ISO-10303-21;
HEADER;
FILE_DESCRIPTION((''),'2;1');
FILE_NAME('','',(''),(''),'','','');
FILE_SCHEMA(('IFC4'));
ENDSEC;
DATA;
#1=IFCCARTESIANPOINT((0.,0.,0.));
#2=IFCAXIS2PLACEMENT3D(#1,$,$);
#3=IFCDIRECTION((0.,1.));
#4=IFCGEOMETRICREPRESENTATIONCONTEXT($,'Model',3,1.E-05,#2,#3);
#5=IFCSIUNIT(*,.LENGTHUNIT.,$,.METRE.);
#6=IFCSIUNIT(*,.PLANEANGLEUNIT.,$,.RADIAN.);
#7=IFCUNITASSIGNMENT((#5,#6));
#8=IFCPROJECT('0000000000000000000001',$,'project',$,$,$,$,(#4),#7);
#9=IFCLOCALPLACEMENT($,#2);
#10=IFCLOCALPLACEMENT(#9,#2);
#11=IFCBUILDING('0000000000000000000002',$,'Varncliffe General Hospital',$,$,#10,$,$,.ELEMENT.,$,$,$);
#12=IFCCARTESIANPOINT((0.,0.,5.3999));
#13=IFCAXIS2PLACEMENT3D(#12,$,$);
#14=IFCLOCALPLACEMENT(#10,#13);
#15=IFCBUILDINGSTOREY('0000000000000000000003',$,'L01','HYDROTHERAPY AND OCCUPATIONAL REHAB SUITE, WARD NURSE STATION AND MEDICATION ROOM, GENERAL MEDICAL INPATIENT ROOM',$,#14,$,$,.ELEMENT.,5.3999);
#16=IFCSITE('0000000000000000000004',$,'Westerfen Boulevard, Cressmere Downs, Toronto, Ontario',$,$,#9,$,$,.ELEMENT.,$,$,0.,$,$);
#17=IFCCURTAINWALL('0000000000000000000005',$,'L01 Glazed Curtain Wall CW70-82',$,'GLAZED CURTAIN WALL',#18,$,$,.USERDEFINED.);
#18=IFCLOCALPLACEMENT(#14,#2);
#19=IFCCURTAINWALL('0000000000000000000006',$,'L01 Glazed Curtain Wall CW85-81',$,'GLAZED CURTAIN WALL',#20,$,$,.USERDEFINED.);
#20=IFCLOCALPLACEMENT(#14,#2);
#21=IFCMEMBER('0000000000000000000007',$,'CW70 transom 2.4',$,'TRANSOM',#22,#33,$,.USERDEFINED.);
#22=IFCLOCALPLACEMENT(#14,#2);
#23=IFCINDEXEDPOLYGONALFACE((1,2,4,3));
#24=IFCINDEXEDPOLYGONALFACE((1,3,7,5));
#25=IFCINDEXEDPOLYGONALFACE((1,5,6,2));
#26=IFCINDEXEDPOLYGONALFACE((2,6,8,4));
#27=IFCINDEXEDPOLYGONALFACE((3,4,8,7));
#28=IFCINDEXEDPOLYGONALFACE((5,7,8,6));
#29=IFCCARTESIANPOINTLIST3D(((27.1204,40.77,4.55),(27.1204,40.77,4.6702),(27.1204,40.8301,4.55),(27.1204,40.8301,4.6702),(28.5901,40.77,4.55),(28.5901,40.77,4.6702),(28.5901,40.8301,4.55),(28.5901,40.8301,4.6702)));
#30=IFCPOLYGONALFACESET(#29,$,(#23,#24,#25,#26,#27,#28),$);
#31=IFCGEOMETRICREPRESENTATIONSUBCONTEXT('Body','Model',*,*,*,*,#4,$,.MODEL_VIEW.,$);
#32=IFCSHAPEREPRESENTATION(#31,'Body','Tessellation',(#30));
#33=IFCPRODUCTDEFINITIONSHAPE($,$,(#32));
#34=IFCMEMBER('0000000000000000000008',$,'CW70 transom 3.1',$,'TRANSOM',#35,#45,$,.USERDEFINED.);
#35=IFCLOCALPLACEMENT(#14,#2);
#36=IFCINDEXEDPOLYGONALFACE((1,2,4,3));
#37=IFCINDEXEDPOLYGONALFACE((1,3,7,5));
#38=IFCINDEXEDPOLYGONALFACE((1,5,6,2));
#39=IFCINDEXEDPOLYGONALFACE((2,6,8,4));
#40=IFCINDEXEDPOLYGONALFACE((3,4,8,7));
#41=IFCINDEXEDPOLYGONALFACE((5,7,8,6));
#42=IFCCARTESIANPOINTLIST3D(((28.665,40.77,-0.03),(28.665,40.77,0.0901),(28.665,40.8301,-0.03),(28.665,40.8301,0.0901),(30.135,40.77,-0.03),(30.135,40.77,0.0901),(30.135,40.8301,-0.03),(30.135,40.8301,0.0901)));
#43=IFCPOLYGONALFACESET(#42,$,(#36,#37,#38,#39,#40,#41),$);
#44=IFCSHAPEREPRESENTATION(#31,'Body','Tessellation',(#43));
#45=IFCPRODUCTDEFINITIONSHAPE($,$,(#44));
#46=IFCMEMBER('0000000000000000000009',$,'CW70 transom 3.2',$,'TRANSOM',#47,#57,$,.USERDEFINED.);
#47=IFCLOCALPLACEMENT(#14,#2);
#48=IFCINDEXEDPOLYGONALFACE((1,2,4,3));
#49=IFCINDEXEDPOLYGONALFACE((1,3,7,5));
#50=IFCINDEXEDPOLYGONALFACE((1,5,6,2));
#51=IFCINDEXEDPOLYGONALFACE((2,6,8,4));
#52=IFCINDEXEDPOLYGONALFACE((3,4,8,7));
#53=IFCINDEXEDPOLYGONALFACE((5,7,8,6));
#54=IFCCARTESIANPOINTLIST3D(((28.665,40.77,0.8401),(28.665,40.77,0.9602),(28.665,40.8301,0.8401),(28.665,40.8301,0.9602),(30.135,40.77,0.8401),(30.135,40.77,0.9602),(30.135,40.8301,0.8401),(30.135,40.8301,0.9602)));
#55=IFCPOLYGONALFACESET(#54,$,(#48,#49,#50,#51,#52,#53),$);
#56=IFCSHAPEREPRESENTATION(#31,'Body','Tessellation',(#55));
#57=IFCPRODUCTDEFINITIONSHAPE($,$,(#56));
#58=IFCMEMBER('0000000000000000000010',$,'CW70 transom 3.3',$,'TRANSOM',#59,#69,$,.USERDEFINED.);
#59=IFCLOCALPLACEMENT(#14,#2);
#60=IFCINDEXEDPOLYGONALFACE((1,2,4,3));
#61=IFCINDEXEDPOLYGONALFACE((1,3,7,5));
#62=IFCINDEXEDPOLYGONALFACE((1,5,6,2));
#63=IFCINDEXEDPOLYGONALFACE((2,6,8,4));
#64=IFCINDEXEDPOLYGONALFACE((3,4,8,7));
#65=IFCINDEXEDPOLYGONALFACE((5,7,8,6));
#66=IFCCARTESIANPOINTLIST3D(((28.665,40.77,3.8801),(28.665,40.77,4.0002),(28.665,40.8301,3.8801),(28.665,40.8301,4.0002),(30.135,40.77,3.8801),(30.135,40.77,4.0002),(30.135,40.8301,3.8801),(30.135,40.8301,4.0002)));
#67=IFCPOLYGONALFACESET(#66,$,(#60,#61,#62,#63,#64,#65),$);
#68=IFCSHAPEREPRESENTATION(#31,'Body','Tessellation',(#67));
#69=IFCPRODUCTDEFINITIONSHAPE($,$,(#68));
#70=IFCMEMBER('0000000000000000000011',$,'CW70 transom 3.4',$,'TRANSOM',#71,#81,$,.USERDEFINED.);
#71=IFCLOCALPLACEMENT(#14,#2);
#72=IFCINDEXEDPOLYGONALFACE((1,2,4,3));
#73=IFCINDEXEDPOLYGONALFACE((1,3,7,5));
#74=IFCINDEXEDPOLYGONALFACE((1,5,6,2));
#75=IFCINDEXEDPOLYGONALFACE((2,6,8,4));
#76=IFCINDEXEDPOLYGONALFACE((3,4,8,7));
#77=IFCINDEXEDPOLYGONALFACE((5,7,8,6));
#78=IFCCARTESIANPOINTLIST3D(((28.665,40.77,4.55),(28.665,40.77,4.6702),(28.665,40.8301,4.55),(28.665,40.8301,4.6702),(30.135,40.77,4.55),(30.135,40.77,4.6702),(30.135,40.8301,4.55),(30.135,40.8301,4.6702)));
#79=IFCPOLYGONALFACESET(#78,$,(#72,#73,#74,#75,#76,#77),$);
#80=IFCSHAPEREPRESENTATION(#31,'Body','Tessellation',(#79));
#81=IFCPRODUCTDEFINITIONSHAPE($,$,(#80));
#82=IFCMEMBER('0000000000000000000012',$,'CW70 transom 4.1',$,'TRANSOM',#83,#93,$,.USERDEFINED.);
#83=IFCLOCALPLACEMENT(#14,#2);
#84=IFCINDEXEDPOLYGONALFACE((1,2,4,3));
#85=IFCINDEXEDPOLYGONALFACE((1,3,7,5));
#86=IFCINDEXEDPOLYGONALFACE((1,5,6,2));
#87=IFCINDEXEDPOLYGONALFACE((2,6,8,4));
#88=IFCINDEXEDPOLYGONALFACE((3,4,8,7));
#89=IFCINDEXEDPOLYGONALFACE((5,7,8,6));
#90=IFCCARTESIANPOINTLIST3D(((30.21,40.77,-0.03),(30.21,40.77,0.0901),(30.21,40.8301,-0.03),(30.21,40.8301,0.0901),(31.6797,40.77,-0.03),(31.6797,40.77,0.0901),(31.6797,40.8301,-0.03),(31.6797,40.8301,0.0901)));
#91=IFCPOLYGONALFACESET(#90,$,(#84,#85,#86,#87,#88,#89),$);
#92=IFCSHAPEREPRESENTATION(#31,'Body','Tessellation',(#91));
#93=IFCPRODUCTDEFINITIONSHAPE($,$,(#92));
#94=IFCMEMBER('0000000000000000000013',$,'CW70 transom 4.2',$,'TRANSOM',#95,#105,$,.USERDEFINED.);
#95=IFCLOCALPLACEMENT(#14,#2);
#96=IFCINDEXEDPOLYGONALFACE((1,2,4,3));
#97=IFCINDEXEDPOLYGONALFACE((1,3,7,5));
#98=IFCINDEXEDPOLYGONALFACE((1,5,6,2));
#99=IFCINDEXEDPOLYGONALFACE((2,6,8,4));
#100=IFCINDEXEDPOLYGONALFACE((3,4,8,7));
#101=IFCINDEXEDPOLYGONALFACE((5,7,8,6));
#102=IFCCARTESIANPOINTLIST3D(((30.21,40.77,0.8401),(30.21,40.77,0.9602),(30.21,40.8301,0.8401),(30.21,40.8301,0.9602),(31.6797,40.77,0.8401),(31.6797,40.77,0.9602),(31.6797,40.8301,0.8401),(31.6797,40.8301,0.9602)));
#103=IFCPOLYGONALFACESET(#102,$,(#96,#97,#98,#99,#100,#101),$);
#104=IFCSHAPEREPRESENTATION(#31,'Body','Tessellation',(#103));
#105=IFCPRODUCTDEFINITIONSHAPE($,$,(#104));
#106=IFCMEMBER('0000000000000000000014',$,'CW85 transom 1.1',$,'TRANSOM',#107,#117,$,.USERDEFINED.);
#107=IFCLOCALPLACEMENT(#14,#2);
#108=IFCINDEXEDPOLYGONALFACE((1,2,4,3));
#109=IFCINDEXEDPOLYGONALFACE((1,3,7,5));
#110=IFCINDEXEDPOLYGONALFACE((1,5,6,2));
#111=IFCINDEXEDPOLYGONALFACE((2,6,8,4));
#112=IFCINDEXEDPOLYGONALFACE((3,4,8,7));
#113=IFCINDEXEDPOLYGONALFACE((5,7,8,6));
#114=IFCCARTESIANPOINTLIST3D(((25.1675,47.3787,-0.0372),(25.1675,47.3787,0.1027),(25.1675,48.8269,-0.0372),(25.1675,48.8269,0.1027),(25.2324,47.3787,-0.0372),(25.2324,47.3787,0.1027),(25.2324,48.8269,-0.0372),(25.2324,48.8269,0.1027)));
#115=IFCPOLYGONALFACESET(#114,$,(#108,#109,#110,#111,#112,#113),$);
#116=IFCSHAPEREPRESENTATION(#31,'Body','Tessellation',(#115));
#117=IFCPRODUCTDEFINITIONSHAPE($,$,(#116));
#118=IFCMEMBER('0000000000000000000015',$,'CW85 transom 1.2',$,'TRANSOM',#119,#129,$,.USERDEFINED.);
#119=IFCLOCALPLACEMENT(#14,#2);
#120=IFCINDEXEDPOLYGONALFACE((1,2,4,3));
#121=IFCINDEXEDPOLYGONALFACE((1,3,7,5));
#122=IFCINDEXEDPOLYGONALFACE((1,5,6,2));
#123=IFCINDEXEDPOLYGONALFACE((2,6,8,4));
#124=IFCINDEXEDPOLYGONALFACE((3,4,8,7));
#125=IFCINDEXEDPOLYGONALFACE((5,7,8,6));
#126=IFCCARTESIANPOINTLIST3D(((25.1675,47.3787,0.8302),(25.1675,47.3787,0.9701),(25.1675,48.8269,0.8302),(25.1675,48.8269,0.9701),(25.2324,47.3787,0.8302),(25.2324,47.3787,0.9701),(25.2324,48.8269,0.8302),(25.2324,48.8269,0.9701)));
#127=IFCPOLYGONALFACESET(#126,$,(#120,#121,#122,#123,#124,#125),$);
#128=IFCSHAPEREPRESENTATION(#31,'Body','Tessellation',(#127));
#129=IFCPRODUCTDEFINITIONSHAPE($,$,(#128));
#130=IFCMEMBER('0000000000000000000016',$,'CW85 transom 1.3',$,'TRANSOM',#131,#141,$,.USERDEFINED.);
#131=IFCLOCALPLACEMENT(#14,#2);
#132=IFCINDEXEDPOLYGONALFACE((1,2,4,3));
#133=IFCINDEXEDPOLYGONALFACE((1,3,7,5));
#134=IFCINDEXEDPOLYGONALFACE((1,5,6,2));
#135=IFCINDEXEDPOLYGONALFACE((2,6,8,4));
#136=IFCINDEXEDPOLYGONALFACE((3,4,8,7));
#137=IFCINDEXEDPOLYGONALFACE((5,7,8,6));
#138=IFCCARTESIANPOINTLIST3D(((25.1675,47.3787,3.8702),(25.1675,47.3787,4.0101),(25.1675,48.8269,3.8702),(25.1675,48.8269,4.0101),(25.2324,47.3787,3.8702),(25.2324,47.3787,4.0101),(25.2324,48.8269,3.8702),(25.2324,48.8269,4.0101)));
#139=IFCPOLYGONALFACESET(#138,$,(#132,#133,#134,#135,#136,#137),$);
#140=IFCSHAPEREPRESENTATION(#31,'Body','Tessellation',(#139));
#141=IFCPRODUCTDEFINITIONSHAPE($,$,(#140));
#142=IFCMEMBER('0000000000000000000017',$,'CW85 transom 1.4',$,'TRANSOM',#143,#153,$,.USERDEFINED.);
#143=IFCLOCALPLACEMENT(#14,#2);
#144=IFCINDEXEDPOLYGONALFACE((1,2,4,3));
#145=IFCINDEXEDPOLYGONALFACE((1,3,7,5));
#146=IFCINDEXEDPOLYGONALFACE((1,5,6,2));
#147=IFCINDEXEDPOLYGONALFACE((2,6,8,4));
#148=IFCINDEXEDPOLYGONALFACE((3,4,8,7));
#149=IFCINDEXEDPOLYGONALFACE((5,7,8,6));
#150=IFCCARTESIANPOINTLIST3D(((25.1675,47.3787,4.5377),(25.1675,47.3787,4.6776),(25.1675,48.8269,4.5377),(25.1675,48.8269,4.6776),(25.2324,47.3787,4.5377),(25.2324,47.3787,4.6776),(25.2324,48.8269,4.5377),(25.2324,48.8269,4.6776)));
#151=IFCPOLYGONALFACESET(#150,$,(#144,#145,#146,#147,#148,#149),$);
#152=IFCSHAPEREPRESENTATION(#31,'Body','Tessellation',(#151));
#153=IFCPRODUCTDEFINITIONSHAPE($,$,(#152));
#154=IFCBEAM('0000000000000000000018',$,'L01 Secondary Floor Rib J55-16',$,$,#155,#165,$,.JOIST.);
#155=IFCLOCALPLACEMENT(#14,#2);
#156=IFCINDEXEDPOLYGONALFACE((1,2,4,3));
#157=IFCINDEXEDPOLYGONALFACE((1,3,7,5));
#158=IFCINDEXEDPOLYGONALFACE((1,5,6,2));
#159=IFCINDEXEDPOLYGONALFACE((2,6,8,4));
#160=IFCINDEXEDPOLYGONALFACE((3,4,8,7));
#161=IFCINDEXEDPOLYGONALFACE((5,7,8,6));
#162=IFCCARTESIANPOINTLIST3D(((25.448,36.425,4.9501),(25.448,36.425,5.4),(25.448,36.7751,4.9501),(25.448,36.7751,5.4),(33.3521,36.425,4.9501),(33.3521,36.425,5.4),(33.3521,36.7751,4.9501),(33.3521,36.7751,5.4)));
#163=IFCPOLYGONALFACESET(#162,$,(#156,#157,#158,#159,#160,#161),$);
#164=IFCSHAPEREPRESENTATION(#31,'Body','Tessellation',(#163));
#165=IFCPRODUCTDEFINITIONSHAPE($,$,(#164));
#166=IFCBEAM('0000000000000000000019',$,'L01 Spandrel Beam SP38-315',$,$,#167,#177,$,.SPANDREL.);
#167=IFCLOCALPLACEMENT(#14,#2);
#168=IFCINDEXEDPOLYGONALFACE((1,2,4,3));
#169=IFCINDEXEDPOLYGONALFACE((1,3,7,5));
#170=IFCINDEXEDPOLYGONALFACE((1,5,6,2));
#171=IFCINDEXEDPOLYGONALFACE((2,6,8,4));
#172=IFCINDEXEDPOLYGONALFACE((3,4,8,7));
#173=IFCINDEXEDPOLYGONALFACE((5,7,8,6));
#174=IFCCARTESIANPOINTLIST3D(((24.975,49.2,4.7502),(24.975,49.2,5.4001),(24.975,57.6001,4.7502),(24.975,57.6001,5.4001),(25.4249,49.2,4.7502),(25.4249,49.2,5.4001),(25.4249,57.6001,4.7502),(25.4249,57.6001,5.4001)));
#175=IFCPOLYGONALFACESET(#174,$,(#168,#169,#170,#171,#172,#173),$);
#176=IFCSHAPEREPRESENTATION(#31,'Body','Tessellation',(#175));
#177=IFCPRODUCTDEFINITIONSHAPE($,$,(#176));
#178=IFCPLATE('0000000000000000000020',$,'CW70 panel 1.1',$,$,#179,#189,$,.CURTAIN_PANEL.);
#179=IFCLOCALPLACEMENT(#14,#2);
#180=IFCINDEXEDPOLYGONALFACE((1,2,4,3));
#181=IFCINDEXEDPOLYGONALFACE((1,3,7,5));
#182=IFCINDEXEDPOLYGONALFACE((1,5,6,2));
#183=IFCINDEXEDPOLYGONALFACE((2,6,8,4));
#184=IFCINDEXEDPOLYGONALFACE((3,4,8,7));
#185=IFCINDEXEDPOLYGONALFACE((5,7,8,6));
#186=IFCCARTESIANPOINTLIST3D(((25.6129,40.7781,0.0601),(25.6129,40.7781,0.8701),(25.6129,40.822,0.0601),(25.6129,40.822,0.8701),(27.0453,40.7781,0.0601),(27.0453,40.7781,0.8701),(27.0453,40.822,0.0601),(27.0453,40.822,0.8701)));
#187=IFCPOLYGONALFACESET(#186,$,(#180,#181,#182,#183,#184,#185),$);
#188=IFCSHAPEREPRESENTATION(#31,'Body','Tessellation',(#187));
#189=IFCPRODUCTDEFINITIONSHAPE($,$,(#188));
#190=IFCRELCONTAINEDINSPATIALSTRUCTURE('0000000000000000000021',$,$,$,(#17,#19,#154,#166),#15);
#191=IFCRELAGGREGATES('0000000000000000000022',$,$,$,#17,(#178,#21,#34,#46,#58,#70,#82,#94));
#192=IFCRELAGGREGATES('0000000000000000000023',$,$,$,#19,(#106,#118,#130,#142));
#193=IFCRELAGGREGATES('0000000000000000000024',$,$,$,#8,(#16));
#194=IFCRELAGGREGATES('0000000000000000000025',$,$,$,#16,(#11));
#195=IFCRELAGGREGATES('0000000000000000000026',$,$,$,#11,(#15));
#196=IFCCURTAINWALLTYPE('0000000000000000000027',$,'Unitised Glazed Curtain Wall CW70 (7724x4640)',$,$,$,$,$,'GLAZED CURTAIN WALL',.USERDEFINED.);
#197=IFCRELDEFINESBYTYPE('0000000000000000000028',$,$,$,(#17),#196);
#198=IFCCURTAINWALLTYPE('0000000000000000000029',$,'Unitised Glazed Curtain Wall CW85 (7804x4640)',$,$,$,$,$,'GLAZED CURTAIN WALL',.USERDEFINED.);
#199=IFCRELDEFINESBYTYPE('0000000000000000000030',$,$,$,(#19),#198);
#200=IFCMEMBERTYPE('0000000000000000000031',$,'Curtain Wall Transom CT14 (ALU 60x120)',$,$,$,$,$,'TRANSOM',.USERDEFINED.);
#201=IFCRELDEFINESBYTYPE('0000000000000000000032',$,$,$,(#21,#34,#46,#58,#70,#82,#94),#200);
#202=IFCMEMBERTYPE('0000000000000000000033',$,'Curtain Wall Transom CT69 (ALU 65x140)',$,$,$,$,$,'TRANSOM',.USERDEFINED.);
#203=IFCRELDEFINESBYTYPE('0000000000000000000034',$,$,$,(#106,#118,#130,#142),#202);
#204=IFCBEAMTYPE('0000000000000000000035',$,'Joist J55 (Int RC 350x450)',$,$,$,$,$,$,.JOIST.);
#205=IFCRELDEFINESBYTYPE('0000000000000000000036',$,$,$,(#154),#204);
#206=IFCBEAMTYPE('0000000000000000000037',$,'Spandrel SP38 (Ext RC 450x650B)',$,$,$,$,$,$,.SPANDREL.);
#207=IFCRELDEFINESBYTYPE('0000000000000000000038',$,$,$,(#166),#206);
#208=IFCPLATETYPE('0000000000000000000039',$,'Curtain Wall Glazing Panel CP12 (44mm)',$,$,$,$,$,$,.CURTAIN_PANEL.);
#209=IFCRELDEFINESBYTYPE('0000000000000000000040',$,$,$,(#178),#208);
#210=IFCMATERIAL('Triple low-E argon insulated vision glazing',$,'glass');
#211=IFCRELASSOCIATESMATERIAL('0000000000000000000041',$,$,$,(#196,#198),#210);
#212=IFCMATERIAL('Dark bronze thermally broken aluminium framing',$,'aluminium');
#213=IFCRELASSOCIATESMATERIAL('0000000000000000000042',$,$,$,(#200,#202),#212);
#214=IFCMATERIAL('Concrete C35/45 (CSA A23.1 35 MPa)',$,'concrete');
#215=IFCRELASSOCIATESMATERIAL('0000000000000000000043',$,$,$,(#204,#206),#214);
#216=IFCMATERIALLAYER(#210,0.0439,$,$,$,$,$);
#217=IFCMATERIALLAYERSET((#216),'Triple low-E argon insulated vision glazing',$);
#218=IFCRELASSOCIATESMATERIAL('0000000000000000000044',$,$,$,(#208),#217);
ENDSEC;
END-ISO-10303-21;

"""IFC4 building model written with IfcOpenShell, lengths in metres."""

from ifc_helpers import new_model, si_unit, direction, frame, origin, origin_2d, place, context, subcontext, project, spatial, rectangle, extrude, material, layer, layer_set, material_profile, profile_set, type_object, element, aggregate, save


model = new_model("IFC4")

# Units and contexts
model_context = context("Model", 3, precision=1e-05, world=origin(), true_north=direction((0.0, 1.0)))
body_context = subcontext(model_context, "Body", "Model", "MODEL_VIEW")
ifc_project = project(units=[si_unit("LENGTHUNIT", "METRE"), si_unit("PLANEANGLEUNIT", "RADIAN")], contexts=[model_context])

# Site, building, storey
site_placement = place(None, origin())
site = spatial("IfcSite", under=ifc_project, at=site_placement, Name="Westerfen Boulevard, Cressmere Downs, Toronto, Ontario", CompositionType="ELEMENT", RefElevation=0.0)
building_placement = place(site_placement, origin())
building = spatial("IfcBuilding", under=site, at=building_placement, Name="Varncliffe General Hospital", CompositionType="ELEMENT")
storey_placement = place(building_placement, frame((0.0, 0.0, 5.3999)))
storey = spatial("IfcBuildingStorey", under=building, at=storey_placement, Name="L01", Description="HYDROTHERAPY AND OCCUPATIONAL REHAB SUITE, WARD NURSE STATION AND MEDICATION ROOM, GENERAL MEDICAL INPATIENT ROOM", CompositionType="ELEMENT", Elevation=5.3999)

# Curtain wall
ifc_material_1 = material(Name="Triple low-E argon insulated vision glazing", Category="glass")
curtain_wall_type_1 = type_object("IfcCurtainWallType", Name="Unitised Glazed Curtain Wall CW70 (7724x4640)", ElementType="GLAZED CURTAIN WALL", PredefinedType="USERDEFINED", material=ifc_material_1)
curtain_wall_1_placement = place(storey_placement, origin())
curtain_wall_1 = element("IfcCurtainWall", 1, at=curtain_wall_1_placement, inside=storey, type_object=curtain_wall_type_1, Name="L01 Glazed Curtain Wall CW70-82", ObjectType="GLAZED CURTAIN WALL", PredefinedType="USERDEFINED")
ifc_material_2 = material(Name="Dark bronze thermally broken aluminium framing", Category="aluminium")

# Curtain wall
curtain_wall_type_2 = type_object("IfcCurtainWallType", Name="Unitised Glazed Curtain Wall CW85 (7804x4640)", ElementType="GLAZED CURTAIN WALL", PredefinedType="USERDEFINED", material=ifc_material_1)
curtain_wall_2_placement = place(storey_placement, origin())
curtain_wall_2 = element("IfcCurtainWall", 2, at=curtain_wall_2_placement, inside=storey, type_object=curtain_wall_type_2, Name="L01 Glazed Curtain Wall CW85-81", ObjectType="GLAZED CURTAIN WALL", PredefinedType="USERDEFINED")

# Members
ifc_material_profile_1 = material_profile(ifc_material_2, rectangle(XDim=0.0601, YDim=0.1201, at=origin_2d()), Name="ALU 60x120")
ifc_profile_set_1 = profile_set([ifc_material_profile_1], Name="Dark bronze thermally broken aluminium framing")
member_type_1 = type_object("IfcMemberType", Name="Curtain Wall Transom CT14 (ALU 60x120)", ElementType="TRANSOM", PredefinedType="USERDEFINED", material=ifc_profile_set_1)
member_1_placement = place(storey_placement, frame((27.1204, 40.8, 4.6101), z_axis=(1.0, 0.0, 0.0), x_axis=(0.0, 1.0, 0.0)))
member_1 = element("IfcMember", 3, at=member_1_placement, type_object=member_type_1, Name="CW70 transom 2.4", ObjectType="TRANSOM", PredefinedType="USERDEFINED", context=body_context, shape_type="SweptSolid", body=[
    extrude(rectangle(XDim=0.0601, YDim=0.1201, at=origin_2d()), origin(), (0.0, 0.0, 1.0), 1.4697),
])
member_2_placement = place(storey_placement, frame((28.665, 40.8, 0.03), z_axis=(1.0, 0.0, 0.0), x_axis=(0.0, 1.0, 0.0)))
member_2 = element("IfcMember", 4, at=member_2_placement, type_object=member_type_1, Name="CW70 transom 3.1", ObjectType="TRANSOM", PredefinedType="USERDEFINED", context=body_context, shape_type="SweptSolid", body=[
    extrude(rectangle(XDim=0.0601, YDim=0.1201, at=origin_2d()), origin(), (0.0, 0.0, 1.0), 1.47),
])
member_3_placement = place(storey_placement, frame((28.665, 40.8, 0.9001), z_axis=(1.0, 0.0, 0.0), x_axis=(0.0, 1.0, 0.0)))
member_3 = element("IfcMember", 5, at=member_3_placement, type_object=member_type_1, Name="CW70 transom 3.2", ObjectType="TRANSOM", PredefinedType="USERDEFINED", context=body_context, shape_type="SweptSolid", body=[
    extrude(rectangle(XDim=0.0601, YDim=0.1201, at=origin_2d()), origin(), (0.0, 0.0, 1.0), 1.47),
])
member_4_placement = place(storey_placement, frame((28.665, 40.8, 3.9402), z_axis=(1.0, 0.0, 0.0), x_axis=(0.0, 1.0, 0.0)))
member_4 = element("IfcMember", 6, at=member_4_placement, type_object=member_type_1, Name="CW70 transom 3.3", ObjectType="TRANSOM", PredefinedType="USERDEFINED", context=body_context, shape_type="SweptSolid", body=[
    extrude(rectangle(XDim=0.0601, YDim=0.1201, at=origin_2d()), origin(), (0.0, 0.0, 1.0), 1.47),
])
member_5_placement = place(storey_placement, frame((28.665, 40.8, 4.6101), z_axis=(1.0, 0.0, 0.0), x_axis=(0.0, 1.0, 0.0)))
member_5 = element("IfcMember", 7, at=member_5_placement, type_object=member_type_1, Name="CW70 transom 3.4", ObjectType="TRANSOM", PredefinedType="USERDEFINED", context=body_context, shape_type="SweptSolid", body=[
    extrude(rectangle(XDim=0.0601, YDim=0.1201, at=origin_2d()), origin(), (0.0, 0.0, 1.0), 1.47),
])
member_6_placement = place(storey_placement, frame((30.21, 40.8, 0.03), z_axis=(1.0, 0.0, 0.0), x_axis=(0.0, 1.0, 0.0)))
member_6 = element("IfcMember", 8, at=member_6_placement, type_object=member_type_1, Name="CW70 transom 4.1", ObjectType="TRANSOM", PredefinedType="USERDEFINED", context=body_context, shape_type="SweptSolid", body=[
    extrude(rectangle(XDim=0.0601, YDim=0.1201, at=origin_2d()), origin(), (0.0, 0.0, 1.0), 1.4697),
])
member_7_placement = place(storey_placement, frame((30.21, 40.8, 0.9001), z_axis=(1.0, 0.0, 0.0), x_axis=(0.0, 1.0, 0.0)))
member_7 = element("IfcMember", 9, at=member_7_placement, type_object=member_type_1, Name="CW70 transom 4.2", ObjectType="TRANSOM", PredefinedType="USERDEFINED", context=body_context, shape_type="SweptSolid", body=[
    extrude(rectangle(XDim=0.0601, YDim=0.1201, at=origin_2d()), origin(), (0.0, 0.0, 1.0), 1.4697),
])
ifc_material_profile_2 = material_profile(ifc_material_2, rectangle(XDim=0.0649, YDim=0.1399, at=origin_2d()), Name="ALU 65x140")
ifc_profile_set_2 = profile_set([ifc_material_profile_2], Name="Dark bronze thermally broken aluminium framing")
member_type_2 = type_object("IfcMemberType", Name="Curtain Wall Transom CT69 (ALU 65x140)", ElementType="TRANSOM", PredefinedType="USERDEFINED", material=ifc_profile_set_2)
member_8_placement = place(storey_placement, frame((25.2, 48.8269, 0.0327), z_axis=(0.0, -1.0, 0.0), x_axis=(1.0, 0.0, 0.0)))
member_8 = element("IfcMember", 10, at=member_8_placement, type_object=member_type_2, Name="CW85 transom 1.1", ObjectType="TRANSOM", PredefinedType="USERDEFINED", context=body_context, shape_type="SweptSolid", body=[
    extrude(rectangle(XDim=0.0649, YDim=0.1399, at=origin_2d()), origin(), (0.0, 0.0, 1.0), 1.4482),
])
member_9_placement = place(storey_placement, frame((25.2, 48.8269, 0.9001), z_axis=(0.0, -1.0, 0.0), x_axis=(1.0, 0.0, 0.0)))
member_9 = element("IfcMember", 11, at=member_9_placement, type_object=member_type_2, Name="CW85 transom 1.2", ObjectType="TRANSOM", PredefinedType="USERDEFINED", context=body_context, shape_type="SweptSolid", body=[
    extrude(rectangle(XDim=0.0649, YDim=0.1399, at=origin_2d()), origin(), (0.0, 0.0, 1.0), 1.4482),
])
member_10_placement = place(storey_placement, frame((25.2, 48.8269, 3.9402), z_axis=(0.0, -1.0, 0.0), x_axis=(1.0, 0.0, 0.0)))
member_10 = element("IfcMember", 12, at=member_10_placement, type_object=member_type_2, Name="CW85 transom 1.3", ObjectType="TRANSOM", PredefinedType="USERDEFINED", context=body_context, shape_type="SweptSolid", body=[
    extrude(rectangle(XDim=0.0649, YDim=0.1399, at=origin_2d()), origin(), (0.0, 0.0, 1.0), 1.4482),
])
member_11_placement = place(storey_placement, frame((25.2, 48.8269, 4.6077), z_axis=(0.0, -1.0, 0.0), x_axis=(1.0, 0.0, 0.0)))
member_11 = element("IfcMember", 13, at=member_11_placement, type_object=member_type_2, Name="CW85 transom 1.4", ObjectType="TRANSOM", PredefinedType="USERDEFINED", context=body_context, shape_type="SweptSolid", body=[
    extrude(rectangle(XDim=0.0649, YDim=0.1399, at=origin_2d()), origin(), (0.0, 0.0, 1.0), 1.4482),
])

# Beams
ifc_material_3 = material(Name="Concrete C35/45 (CSA A23.1 35 MPa)", Category="concrete")
ifc_material_profile_3 = material_profile(ifc_material_3, rectangle(XDim=0.3501, YDim=0.45, at=origin_2d()), Name="RC 350x450")
ifc_profile_set_3 = profile_set([ifc_material_profile_3], Name="Concrete C35/45 (CSA A23.1 35 MPa)")
beam_type_1 = type_object("IfcBeamType", Name="Joist J55 (Int RC 350x450)", PredefinedType="JOIST", material=ifc_profile_set_3)
beam_1_placement = place(storey_placement, frame((25.448, 36.6001, 5.175), z_axis=(1.0, 0.0, 0.0), x_axis=(0.0, 1.0, 0.0)))
element("IfcBeam", 14, at=beam_1_placement, inside=storey, type_object=beam_type_1, Name="L01 Secondary Floor Rib J55-16", PredefinedType="JOIST", context=body_context, shape_type="SweptSolid", body=[
    extrude(rectangle(XDim=0.3501, YDim=0.45, at=origin_2d()), origin(), (0.0, 0.0, 1.0), 7.9041),
])
ifc_material_profile_4 = material_profile(ifc_material_3, rectangle(XDim=0.45, YDim=0.6499, at=origin_2d()), Name="RC 450x650")
ifc_profile_set_4 = profile_set([ifc_material_profile_4], Name="Concrete C35/45 (CSA A23.1 35 MPa)")
beam_type_2 = type_object("IfcBeamType", Name="Spandrel SP38 (Ext RC 450x650B)", PredefinedType="SPANDREL", material=ifc_profile_set_4)
beam_2_placement = place(storey_placement, frame((25.2, 49.2, 5.0752), z_axis=(0.0, 1.0, 0.0), x_axis=(-1.0, 0.0, 0.0)))
element("IfcBeam", 15, at=beam_2_placement, inside=storey, type_object=beam_type_2, Name="L01 Spandrel Beam SP38-315", PredefinedType="SPANDREL", context=body_context, shape_type="SweptSolid", body=[
    extrude(rectangle(XDim=0.45, YDim=0.6499, at=origin_2d()), origin(), (0.0, 0.0, 1.0), 8.4001),
])

# Plate
ifc_layer_1 = layer(ifc_material_1, 0.0439)
ifc_layer_set_1 = layer_set([ifc_layer_1], Name="Triple low-E argon insulated vision glazing")
plate_type_1 = type_object("IfcPlateType", Name="Curtain Wall Glazing Panel CP12 (44mm)", PredefinedType="CURTAIN_PANEL", material=ifc_layer_set_1)
plate_1_placement = place(storey_placement, frame((26.3291, 40.8, 0.0601), z_axis=(0.0, 0.0, 1.0), x_axis=(1.0, 0.0, 0.0)))
plate_1 = element("IfcPlate", 16, at=plate_1_placement, type_object=plate_type_1, Name="CW70 panel 1.1", PredefinedType="CURTAIN_PANEL", context=body_context, shape_type="SweptSolid", body=[
    extrude(rectangle(XDim=1.4324, YDim=0.0439, at=origin_2d()), origin(), (0.0, 0.0, 1.0), 0.8101),
])
aggregate(curtain_wall_1, [plate_1, member_1, member_2, member_3, member_4, member_5, member_6, member_7])
aggregate(curtain_wall_2, [member_8, member_9, member_10, member_11])

save(model, "model.ifc")
